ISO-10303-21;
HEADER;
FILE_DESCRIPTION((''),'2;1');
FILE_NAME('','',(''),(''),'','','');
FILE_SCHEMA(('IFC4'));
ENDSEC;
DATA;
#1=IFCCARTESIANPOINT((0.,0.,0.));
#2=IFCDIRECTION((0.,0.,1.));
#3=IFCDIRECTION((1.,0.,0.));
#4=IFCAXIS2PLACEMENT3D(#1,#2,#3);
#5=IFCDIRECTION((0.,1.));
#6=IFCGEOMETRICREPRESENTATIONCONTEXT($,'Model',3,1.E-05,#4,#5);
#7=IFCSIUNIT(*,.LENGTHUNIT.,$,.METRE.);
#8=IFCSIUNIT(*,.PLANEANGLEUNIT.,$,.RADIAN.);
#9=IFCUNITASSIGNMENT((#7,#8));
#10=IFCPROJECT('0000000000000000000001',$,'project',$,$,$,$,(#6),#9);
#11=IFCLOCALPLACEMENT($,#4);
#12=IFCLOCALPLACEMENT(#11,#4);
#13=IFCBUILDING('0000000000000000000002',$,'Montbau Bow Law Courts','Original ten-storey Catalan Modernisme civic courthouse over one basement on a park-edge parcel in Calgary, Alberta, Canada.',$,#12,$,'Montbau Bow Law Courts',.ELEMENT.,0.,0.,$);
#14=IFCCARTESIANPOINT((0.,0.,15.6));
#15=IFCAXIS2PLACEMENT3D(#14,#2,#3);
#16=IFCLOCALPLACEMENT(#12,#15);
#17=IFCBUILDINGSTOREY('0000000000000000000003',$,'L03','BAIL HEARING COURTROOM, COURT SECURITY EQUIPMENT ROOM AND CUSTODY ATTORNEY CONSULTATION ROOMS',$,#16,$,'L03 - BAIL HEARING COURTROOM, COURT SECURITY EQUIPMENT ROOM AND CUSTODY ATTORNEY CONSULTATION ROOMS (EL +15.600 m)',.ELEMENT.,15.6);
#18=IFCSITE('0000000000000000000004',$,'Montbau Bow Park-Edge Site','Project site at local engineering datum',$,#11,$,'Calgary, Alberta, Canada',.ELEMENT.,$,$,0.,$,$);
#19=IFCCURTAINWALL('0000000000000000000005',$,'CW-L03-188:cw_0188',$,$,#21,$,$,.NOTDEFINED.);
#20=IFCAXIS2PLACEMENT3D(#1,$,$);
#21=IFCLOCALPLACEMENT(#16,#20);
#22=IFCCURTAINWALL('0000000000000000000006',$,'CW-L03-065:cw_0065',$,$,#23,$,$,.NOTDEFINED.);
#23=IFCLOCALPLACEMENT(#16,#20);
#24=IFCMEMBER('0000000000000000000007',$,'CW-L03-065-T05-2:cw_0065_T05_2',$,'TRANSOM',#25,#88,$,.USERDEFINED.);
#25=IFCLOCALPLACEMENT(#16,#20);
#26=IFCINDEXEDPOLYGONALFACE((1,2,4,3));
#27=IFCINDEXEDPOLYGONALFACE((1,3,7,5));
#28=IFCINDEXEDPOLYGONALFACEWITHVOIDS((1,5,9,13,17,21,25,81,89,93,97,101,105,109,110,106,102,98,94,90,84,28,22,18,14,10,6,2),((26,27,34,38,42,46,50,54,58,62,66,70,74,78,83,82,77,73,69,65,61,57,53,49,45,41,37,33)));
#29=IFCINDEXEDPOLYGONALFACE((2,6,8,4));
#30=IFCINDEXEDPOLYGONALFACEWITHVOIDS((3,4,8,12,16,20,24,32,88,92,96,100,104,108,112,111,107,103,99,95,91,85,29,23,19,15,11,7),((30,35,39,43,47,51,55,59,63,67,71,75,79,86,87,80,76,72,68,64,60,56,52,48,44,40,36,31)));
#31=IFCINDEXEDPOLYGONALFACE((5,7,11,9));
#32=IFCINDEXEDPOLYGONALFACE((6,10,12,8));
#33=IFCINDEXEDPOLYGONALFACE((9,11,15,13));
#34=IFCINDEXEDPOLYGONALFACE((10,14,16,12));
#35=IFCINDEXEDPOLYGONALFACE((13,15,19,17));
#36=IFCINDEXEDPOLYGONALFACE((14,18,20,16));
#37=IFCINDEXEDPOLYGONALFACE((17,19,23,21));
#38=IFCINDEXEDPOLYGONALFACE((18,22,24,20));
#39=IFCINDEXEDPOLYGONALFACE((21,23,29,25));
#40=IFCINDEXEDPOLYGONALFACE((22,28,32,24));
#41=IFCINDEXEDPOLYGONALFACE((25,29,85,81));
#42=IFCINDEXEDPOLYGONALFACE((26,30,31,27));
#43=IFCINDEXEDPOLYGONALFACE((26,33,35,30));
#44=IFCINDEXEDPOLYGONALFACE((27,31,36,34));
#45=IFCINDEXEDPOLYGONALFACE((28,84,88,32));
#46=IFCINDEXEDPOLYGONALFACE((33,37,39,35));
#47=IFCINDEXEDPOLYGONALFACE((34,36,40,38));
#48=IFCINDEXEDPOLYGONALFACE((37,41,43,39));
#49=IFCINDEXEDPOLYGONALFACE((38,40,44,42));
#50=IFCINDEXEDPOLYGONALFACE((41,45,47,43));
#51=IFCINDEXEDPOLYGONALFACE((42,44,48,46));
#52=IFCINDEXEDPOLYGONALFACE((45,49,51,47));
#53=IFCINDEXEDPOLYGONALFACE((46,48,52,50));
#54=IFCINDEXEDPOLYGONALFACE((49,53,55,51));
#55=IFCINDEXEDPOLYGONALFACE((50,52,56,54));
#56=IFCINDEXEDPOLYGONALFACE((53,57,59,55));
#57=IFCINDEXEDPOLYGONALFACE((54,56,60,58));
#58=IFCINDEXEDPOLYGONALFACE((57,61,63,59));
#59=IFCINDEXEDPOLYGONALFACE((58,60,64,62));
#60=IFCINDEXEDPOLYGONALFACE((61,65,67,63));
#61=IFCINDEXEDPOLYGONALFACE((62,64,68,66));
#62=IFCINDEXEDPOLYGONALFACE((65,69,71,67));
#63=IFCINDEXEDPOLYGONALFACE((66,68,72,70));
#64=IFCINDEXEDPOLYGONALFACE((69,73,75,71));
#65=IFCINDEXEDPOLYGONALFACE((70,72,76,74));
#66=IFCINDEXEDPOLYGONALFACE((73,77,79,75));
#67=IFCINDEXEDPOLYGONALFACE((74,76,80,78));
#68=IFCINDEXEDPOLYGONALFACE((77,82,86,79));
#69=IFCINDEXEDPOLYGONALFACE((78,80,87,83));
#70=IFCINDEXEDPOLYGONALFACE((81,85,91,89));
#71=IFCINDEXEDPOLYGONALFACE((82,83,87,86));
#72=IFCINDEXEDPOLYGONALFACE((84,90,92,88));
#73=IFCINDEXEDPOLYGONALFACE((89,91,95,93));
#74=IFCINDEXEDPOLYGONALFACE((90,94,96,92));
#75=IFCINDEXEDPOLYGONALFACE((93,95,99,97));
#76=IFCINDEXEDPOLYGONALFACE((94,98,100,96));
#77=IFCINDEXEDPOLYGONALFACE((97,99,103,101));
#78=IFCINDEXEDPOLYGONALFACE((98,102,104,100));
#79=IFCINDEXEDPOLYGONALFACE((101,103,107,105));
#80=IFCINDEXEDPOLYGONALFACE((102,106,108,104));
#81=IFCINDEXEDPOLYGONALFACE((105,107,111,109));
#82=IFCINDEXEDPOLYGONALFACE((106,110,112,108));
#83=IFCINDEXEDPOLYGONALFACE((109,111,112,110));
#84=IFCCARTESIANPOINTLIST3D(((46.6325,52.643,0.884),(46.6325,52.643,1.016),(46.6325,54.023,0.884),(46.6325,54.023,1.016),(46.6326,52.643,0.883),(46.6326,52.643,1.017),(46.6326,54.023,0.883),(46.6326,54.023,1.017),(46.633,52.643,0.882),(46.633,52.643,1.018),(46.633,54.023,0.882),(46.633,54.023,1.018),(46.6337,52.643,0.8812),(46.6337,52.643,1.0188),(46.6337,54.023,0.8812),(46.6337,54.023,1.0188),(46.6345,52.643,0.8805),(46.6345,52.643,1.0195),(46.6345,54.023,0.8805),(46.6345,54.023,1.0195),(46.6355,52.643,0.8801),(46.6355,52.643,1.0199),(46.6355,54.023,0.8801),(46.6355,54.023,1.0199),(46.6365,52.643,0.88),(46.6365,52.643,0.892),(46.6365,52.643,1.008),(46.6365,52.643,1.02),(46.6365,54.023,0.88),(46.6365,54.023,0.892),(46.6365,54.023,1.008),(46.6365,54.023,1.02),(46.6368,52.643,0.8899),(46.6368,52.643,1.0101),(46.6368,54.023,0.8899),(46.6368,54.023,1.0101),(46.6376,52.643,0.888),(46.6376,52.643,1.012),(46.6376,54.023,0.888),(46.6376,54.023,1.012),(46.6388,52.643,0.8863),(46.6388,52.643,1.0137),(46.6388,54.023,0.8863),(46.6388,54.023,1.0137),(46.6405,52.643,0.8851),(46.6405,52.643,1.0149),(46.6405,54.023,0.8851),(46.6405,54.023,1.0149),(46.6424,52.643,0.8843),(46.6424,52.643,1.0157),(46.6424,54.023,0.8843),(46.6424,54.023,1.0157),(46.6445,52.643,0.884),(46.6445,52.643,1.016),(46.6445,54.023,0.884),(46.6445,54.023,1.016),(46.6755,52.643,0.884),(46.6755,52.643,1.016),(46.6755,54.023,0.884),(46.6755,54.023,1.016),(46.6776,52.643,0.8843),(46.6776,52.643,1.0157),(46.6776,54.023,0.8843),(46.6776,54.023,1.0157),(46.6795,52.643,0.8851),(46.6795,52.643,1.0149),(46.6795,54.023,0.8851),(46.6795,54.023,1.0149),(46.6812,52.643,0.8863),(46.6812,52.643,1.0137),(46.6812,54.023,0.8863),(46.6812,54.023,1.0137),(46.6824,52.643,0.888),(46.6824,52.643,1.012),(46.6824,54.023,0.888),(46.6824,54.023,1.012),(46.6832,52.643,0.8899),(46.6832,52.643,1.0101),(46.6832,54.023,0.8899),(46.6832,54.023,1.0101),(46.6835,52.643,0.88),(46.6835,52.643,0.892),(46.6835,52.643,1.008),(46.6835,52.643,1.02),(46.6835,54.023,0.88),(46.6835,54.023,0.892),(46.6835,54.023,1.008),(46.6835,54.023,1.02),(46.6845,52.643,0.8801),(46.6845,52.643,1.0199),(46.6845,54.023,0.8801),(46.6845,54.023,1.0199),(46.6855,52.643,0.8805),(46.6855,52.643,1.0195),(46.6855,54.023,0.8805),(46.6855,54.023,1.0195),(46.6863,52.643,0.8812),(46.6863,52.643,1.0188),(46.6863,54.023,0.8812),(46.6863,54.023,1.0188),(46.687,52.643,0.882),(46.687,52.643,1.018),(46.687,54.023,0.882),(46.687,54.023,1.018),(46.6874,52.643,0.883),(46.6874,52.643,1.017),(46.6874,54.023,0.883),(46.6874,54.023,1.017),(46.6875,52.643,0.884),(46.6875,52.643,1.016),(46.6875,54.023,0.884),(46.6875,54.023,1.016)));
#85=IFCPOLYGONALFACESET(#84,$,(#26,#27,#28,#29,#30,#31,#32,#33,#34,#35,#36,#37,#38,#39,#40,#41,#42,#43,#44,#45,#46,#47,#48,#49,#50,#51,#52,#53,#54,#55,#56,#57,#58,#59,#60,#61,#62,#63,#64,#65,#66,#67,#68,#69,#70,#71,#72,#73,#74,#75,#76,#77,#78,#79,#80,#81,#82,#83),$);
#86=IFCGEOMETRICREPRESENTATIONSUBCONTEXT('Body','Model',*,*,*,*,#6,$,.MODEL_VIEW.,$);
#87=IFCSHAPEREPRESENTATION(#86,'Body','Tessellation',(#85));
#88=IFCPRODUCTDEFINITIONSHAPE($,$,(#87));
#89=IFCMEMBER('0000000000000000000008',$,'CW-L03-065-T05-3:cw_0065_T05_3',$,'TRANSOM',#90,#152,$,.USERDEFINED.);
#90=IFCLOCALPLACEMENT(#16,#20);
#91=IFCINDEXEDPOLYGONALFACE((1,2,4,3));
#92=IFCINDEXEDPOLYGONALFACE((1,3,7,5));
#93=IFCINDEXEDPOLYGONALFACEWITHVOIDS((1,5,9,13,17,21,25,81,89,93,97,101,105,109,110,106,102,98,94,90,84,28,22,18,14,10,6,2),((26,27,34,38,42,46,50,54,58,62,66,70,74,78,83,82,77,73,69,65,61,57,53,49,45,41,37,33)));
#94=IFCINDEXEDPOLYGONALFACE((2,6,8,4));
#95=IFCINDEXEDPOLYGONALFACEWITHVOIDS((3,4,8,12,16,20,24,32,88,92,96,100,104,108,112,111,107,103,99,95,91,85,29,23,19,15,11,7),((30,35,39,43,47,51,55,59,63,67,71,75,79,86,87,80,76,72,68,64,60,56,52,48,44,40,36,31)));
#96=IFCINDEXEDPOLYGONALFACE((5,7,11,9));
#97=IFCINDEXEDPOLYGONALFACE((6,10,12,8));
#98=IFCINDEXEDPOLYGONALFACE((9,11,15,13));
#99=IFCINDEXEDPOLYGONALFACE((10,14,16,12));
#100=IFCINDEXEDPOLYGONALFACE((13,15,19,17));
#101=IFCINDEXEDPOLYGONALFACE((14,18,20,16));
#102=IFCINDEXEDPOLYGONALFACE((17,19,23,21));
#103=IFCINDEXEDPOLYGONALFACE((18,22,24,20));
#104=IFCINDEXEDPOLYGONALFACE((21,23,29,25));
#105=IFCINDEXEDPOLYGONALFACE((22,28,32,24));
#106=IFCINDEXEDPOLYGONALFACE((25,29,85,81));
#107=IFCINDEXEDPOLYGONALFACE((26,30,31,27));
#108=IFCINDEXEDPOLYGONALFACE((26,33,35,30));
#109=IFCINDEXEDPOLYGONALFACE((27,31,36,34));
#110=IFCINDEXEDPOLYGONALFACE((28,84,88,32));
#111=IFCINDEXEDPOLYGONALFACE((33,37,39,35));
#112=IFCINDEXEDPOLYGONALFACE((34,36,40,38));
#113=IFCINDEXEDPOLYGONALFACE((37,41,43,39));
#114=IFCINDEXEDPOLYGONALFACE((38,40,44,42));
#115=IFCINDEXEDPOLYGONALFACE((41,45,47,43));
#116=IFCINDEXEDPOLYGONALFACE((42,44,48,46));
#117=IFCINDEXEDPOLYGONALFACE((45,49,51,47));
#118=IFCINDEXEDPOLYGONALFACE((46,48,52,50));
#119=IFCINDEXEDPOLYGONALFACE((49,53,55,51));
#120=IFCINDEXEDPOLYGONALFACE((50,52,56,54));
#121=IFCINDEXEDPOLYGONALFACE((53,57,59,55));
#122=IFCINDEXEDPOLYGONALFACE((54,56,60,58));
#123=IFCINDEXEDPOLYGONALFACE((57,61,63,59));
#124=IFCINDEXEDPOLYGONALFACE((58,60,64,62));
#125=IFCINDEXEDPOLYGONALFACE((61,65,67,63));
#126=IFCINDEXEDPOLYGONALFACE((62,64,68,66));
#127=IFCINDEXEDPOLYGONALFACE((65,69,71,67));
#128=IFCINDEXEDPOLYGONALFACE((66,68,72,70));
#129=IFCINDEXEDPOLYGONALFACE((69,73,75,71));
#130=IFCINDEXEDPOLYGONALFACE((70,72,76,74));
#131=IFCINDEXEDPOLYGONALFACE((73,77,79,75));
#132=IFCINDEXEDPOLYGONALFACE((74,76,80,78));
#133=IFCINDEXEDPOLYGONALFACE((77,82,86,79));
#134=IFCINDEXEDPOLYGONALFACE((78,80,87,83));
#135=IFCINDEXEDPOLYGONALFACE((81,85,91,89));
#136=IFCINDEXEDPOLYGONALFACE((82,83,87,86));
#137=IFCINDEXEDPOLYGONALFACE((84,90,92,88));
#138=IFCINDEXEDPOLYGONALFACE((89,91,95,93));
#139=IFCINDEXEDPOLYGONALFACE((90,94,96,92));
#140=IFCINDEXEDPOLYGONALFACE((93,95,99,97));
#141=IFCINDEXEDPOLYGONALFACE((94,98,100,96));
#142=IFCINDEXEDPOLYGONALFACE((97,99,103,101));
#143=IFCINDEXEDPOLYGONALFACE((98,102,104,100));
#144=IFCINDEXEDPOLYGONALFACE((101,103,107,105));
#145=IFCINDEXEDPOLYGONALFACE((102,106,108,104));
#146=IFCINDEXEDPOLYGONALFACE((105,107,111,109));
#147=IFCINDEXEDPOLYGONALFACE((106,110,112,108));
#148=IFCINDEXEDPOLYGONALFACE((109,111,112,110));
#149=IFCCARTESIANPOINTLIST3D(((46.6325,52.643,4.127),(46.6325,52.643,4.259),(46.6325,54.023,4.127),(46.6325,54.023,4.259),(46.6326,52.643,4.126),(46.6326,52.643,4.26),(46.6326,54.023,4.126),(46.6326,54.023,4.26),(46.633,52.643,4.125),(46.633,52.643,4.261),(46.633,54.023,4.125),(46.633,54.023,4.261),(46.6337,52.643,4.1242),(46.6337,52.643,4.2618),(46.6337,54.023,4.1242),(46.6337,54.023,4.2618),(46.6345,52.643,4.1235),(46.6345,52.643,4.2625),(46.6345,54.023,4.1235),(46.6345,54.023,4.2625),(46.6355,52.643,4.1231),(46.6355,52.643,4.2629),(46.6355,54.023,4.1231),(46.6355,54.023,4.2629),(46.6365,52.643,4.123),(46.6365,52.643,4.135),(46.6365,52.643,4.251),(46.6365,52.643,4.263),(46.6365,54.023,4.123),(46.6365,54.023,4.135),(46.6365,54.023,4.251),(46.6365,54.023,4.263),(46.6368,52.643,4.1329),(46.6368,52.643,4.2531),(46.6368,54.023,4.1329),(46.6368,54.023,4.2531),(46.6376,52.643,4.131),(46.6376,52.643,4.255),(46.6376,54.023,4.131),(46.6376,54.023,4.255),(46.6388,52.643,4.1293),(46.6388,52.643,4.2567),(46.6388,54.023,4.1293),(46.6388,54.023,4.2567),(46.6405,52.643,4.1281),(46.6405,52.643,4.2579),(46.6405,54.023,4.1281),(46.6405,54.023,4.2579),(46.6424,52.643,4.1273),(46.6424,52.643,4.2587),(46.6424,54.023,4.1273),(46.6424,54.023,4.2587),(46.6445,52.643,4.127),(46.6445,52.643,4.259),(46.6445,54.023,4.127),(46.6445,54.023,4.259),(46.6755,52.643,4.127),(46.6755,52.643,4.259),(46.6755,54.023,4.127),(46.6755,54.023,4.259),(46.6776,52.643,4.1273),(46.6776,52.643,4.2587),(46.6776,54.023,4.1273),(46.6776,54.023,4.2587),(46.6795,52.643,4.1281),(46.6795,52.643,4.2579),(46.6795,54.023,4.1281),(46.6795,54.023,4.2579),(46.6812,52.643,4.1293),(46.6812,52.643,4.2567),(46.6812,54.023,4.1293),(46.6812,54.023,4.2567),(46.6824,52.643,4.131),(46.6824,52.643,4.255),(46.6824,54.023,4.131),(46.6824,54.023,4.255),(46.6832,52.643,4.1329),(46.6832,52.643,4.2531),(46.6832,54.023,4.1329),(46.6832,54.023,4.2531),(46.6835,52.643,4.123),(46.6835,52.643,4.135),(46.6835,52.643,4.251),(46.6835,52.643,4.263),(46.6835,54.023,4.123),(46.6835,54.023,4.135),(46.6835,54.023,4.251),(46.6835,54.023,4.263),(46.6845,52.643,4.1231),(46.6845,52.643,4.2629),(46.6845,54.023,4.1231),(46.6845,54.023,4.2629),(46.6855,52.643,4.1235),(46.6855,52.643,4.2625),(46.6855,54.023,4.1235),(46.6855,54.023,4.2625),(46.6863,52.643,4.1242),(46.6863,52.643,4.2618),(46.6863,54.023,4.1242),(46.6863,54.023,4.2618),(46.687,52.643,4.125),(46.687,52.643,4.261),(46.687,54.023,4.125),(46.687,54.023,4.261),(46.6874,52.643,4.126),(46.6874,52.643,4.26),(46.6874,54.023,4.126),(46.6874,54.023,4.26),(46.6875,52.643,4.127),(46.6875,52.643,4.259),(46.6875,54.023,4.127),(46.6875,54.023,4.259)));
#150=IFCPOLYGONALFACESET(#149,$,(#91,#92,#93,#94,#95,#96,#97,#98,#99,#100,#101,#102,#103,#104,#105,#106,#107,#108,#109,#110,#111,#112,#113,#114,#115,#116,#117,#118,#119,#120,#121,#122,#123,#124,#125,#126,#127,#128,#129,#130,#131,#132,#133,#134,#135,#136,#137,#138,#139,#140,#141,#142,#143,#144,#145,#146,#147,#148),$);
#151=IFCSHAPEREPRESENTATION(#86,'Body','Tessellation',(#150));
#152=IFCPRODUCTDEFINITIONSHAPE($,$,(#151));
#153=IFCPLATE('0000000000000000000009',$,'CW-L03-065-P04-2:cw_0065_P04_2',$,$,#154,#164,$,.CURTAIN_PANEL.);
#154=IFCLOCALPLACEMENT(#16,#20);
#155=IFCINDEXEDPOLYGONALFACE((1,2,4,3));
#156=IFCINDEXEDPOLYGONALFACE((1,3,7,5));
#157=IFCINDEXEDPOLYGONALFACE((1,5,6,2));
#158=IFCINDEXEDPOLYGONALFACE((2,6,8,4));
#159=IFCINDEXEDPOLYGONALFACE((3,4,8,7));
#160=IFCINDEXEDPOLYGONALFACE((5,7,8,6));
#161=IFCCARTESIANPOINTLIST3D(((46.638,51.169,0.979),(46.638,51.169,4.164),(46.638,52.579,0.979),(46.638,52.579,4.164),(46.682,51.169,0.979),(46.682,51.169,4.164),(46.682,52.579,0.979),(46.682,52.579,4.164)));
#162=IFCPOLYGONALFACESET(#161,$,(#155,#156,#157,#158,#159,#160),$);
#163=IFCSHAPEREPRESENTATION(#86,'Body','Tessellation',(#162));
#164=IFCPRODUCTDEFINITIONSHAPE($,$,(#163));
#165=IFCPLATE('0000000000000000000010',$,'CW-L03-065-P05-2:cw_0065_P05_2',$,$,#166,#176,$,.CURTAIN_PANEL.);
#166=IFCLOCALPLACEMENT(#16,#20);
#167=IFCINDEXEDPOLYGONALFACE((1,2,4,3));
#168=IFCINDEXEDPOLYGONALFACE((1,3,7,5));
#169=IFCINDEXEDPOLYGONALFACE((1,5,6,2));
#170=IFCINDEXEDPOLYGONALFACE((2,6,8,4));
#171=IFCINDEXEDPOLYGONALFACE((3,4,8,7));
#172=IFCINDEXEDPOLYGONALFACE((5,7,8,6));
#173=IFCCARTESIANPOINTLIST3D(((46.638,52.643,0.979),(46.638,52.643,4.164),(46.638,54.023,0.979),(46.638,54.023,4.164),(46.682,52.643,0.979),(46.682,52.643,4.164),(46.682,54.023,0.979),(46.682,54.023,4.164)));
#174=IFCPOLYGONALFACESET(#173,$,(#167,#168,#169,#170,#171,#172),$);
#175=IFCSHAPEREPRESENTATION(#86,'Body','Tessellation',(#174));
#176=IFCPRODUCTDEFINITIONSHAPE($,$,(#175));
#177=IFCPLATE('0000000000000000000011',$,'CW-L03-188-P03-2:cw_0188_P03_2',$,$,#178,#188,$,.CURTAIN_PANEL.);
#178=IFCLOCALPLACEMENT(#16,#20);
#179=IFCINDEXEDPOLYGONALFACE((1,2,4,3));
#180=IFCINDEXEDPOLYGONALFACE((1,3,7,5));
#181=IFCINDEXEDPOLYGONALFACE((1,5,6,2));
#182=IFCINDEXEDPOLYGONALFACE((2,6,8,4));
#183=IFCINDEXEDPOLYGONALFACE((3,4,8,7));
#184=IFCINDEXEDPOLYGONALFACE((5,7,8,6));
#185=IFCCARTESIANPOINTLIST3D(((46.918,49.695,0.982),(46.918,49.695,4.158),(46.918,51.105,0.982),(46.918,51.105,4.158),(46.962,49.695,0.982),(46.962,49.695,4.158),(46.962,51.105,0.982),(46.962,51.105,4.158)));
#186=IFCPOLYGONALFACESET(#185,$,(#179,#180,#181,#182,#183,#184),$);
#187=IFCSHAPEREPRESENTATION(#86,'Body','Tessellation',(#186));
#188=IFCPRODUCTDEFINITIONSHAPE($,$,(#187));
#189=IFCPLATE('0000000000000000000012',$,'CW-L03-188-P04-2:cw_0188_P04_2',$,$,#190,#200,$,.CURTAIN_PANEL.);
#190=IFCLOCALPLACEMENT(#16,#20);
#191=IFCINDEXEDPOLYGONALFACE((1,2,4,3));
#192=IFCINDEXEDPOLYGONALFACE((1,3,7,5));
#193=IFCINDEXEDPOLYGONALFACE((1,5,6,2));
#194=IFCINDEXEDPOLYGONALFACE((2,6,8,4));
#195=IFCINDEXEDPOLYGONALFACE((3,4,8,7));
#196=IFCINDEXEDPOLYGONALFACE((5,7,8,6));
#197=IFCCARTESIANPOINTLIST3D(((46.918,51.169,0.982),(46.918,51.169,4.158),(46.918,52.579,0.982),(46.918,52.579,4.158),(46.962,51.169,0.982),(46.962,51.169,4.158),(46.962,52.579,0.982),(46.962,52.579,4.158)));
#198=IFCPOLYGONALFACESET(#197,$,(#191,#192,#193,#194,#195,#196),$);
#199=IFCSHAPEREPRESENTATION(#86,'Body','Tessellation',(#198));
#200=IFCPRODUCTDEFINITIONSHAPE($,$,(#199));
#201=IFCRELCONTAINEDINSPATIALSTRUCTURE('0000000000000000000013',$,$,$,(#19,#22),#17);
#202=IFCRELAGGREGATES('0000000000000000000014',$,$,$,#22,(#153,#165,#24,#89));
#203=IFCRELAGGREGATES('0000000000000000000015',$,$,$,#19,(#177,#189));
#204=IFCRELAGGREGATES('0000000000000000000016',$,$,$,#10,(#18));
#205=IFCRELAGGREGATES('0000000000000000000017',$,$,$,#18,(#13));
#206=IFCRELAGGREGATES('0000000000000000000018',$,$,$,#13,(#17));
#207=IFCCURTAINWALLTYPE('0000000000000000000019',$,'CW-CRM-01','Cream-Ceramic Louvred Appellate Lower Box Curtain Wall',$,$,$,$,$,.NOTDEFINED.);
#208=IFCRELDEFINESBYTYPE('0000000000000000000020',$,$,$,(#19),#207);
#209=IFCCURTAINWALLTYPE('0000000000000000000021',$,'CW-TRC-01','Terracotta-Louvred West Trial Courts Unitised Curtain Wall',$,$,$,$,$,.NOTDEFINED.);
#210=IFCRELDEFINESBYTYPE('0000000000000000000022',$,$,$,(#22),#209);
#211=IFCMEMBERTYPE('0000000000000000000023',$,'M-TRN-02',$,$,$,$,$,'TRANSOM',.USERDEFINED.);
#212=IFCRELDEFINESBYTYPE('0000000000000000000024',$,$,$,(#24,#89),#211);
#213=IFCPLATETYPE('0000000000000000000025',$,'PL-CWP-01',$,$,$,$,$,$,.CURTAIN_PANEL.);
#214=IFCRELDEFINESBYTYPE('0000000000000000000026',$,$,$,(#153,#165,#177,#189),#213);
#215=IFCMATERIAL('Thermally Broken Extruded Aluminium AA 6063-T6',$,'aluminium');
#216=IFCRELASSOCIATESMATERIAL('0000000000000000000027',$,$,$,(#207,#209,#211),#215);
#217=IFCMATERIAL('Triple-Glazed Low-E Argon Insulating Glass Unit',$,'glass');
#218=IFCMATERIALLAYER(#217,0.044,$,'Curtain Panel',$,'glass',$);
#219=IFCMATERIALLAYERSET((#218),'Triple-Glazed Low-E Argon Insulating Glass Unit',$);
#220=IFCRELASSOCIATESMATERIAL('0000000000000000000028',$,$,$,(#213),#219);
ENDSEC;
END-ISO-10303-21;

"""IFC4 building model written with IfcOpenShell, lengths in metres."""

from ifc_helpers import new_model, si_unit, direction, frame, frame_2d, origin_with_axes, origin_2d_with_axis, place, context, subcontext, project, spatial, rectangle, hollow_rectangle, extrude, material, layer, layer_set, material_profile, profile_set, type_object, element, aggregate, save


model = new_model("IFC4")

# Units and contexts
model_context = context("Model", 3, precision=1e-05, world=origin_with_axes(), true_north=direction((0.0, 1.0)))
body_context = subcontext(model_context, "Body", "Model", "MODEL_VIEW")
ifc_project = project(units=[si_unit("LENGTHUNIT", "METRE"), si_unit("PLANEANGLEUNIT", "RADIAN")], contexts=[model_context])

# Site, building, storey
site_placement = place(None, origin_with_axes())
site = spatial("IfcSite", under=ifc_project, at=site_placement, Name="Montbau Bow Park-Edge Site", Description="Project site at local engineering datum", LongName="Calgary, Alberta, Canada", CompositionType="ELEMENT", RefElevation=0.0)
building_placement = place(site_placement, origin_with_axes())
building = spatial("IfcBuilding", under=site, at=building_placement, Name="Montbau Bow Law Courts", Description="Original ten-storey Catalan Modernisme civic courthouse over one basement on a park-edge parcel in Calgary, Alberta, Canada.", LongName="Montbau Bow Law Courts", CompositionType="ELEMENT", ElevationOfRefHeight=0.0, ElevationOfTerrain=0.0)
storey_placement = place(building_placement, frame((0.0, 0.0, 15.6), z_axis=(0.0, 0.0, 1.0), x_axis=(1.0, 0.0, 0.0)))
storey = spatial("IfcBuildingStorey", under=building, at=storey_placement, Name="L03", Description="BAIL HEARING COURTROOM, COURT SECURITY EQUIPMENT ROOM AND CUSTODY ATTORNEY CONSULTATION ROOMS", LongName="L03 - BAIL HEARING COURTROOM, COURT SECURITY EQUIPMENT ROOM AND CUSTODY ATTORNEY CONSULTATION ROOMS (EL +15.600 m)", CompositionType="ELEMENT", Elevation=15.6)

# Curtain wall
ifc_material_1 = material(Name="Thermally Broken Extruded Aluminium AA 6063-T6", Category="aluminium")
curtain_wall_type_1 = type_object("IfcCurtainWallType", Name="CW-CRM-01", Description="Cream-Ceramic Louvred Appellate Lower Box Curtain Wall", PredefinedType="NOTDEFINED", material=ifc_material_1)
curtain_wall_1_placement = place(None, frame((46.94, 46.715, 15.6), z_axis=(0.0, 0.0, 1.0), x_axis=(1.0, 0.0, 0.0)))
curtain_wall_1 = element("IfcCurtainWall", 1, at=curtain_wall_1_placement, inside=storey, type_object=curtain_wall_type_1, Name="CW-L03-188:cw_0188", PredefinedType="NOTDEFINED")

# Curtain wall, members, plates
curtain_wall_type_2 = type_object("IfcCurtainWallType", Name="CW-TRC-01", Description="Terracotta-Louvred West Trial Courts Unitised Curtain Wall", PredefinedType="NOTDEFINED", material=ifc_material_1)
curtain_wall_2_placement = place(None, frame((46.66, 46.715, 15.6), z_axis=(0.0, 0.0, 1.0), x_axis=(1.0, 0.0, 0.0)))
curtain_wall_2 = element("IfcCurtainWall", 2, at=curtain_wall_2_placement, inside=storey, type_object=curtain_wall_type_2, Name="CW-L03-065:cw_0065", PredefinedType="NOTDEFINED")
ifc_material_profile_1 = material_profile(ifc_material_1, hollow_rectangle(XDim=0.055, YDim=0.14, WallThickness=0.004, InnerFilletRadius=0.008, OuterFilletRadius=0.004, at=origin_2d_with_axis()), Name="CWT-140X55", Category="Main", Priority=0)
ifc_profile_set_1 = profile_set([ifc_material_profile_1], Name="Thermally Broken Extruded Aluminium AA 6063-T6")
member_type_1 = type_object("IfcMemberType", Name="M-TRN-02", ElementType="TRANSOM", PredefinedType="USERDEFINED", material=ifc_profile_set_1)
member_1_placement = place(None, frame((46.66, 52.643, 16.55), z_axis=(0.0, 1.0, 0.0), x_axis=(-1.0, 0.0, 0.0)))
member_1 = element("IfcMember", 3, at=member_1_placement, type_object=member_type_1, Name="CW-L03-065-T05-2:cw_0065_T05_2", ObjectType="TRANSOM", PredefinedType="USERDEFINED", context=body_context, shape_type="SweptSolid", body=[
    extrude(hollow_rectangle(XDim=0.055, YDim=0.14, WallThickness=0.004, InnerFilletRadius=0.008, OuterFilletRadius=0.004, at=origin_2d_with_axis()), origin_with_axes(), (0.0, 0.0, 1.0), 1.38),
])
member_2_placement = place(None, frame((46.66, 52.643, 19.793), z_axis=(0.0, 1.0, 0.0), x_axis=(-1.0, 0.0, 0.0)))
member_2 = element("IfcMember", 4, at=member_2_placement, type_object=member_type_1, Name="CW-L03-065-T05-3:cw_0065_T05_3", ObjectType="TRANSOM", PredefinedType="USERDEFINED", context=body_context, shape_type="SweptSolid", body=[
    extrude(hollow_rectangle(XDim=0.055, YDim=0.14, WallThickness=0.004, InnerFilletRadius=0.008, OuterFilletRadius=0.004, at=origin_2d_with_axis()), origin_with_axes(), (0.0, 0.0, 1.0), 1.38),
])
ifc_material_2 = material(Name="Triple-Glazed Low-E Argon Insulating Glass Unit", Category="glass")
ifc_layer_1 = layer(ifc_material_2, 0.044, Name="Curtain Panel", Category="glass")
ifc_layer_set_1 = layer_set([ifc_layer_1], Name="Triple-Glazed Low-E Argon Insulating Glass Unit")
plate_type_1 = type_object("IfcPlateType", Name="PL-CWP-01", PredefinedType="CURTAIN_PANEL", material=ifc_layer_set_1)
plate_1_placement = place(None, frame((46.66, 51.169, 16.579), z_axis=(1.0, 0.0, 0.0), x_axis=(0.0, 1.0, 0.0)))
plate_1 = element("IfcPlate", 5, at=plate_1_placement, type_object=plate_type_1, Name="CW-L03-065-P04-2:cw_0065_P04_2", PredefinedType="CURTAIN_PANEL", context=body_context, shape_type="SweptSolid", body=[
    extrude(rectangle(XDim=1.41, YDim=3.185, at=frame_2d((0.705, 1.5925), x_axis=(1.0, 0.0))), frame((0.0, 0.0, -0.022), z_axis=(0.0, 0.0, 1.0), x_axis=(1.0, 0.0, 0.0)), (0.0, 0.0, 1.0), 0.044),
])
plate_2_placement = place(None, frame((46.66, 52.643, 16.579), z_axis=(1.0, 0.0, 0.0), x_axis=(0.0, 1.0, 0.0)))
plate_2 = element("IfcPlate", 6, at=plate_2_placement, type_object=plate_type_1, Name="CW-L03-065-P05-2:cw_0065_P05_2", PredefinedType="CURTAIN_PANEL", context=body_context, shape_type="SweptSolid", body=[
    extrude(rectangle(XDim=1.38, YDim=3.185, at=frame_2d((0.69, 1.5925), x_axis=(1.0, 0.0))), frame((0.0, 0.0, -0.022), z_axis=(0.0, 0.0, 1.0), x_axis=(1.0, 0.0, 0.0)), (0.0, 0.0, 1.0), 0.044),
])
aggregate(curtain_wall_2, [plate_1, plate_2, member_1, member_2])

# Plates
plate_3_placement = place(None, frame((46.94, 49.695, 16.582), z_axis=(1.0, 0.0, 0.0), x_axis=(0.0, 1.0, 0.0)))
plate_3 = element("IfcPlate", 7, at=plate_3_placement, type_object=plate_type_1, Name="CW-L03-188-P03-2:cw_0188_P03_2", PredefinedType="CURTAIN_PANEL", context=body_context, shape_type="SweptSolid", body=[
    extrude(rectangle(XDim=1.41, YDim=3.176, at=frame_2d((0.705, 1.588), x_axis=(1.0, 0.0))), frame((0.0, 0.0, -0.022), z_axis=(0.0, 0.0, 1.0), x_axis=(1.0, 0.0, 0.0)), (0.0, 0.0, 1.0), 0.044),
])
plate_4_placement = place(None, frame((46.94, 51.169, 16.582), z_axis=(1.0, 0.0, 0.0), x_axis=(0.0, 1.0, 0.0)))
plate_4 = element("IfcPlate", 8, at=plate_4_placement, type_object=plate_type_1, Name="CW-L03-188-P04-2:cw_0188_P04_2", PredefinedType="CURTAIN_PANEL", context=body_context, shape_type="SweptSolid", body=[
    extrude(rectangle(XDim=1.41, YDim=3.176, at=frame_2d((0.705, 1.588), x_axis=(1.0, 0.0))), frame((0.0, 0.0, -0.022), z_axis=(0.0, 0.0, 1.0), x_axis=(1.0, 0.0, 0.0)), (0.0, 0.0, 1.0), 0.044),
])
aggregate(curtain_wall_1, [plate_3, plate_4])

save(model, "model.ifc")
